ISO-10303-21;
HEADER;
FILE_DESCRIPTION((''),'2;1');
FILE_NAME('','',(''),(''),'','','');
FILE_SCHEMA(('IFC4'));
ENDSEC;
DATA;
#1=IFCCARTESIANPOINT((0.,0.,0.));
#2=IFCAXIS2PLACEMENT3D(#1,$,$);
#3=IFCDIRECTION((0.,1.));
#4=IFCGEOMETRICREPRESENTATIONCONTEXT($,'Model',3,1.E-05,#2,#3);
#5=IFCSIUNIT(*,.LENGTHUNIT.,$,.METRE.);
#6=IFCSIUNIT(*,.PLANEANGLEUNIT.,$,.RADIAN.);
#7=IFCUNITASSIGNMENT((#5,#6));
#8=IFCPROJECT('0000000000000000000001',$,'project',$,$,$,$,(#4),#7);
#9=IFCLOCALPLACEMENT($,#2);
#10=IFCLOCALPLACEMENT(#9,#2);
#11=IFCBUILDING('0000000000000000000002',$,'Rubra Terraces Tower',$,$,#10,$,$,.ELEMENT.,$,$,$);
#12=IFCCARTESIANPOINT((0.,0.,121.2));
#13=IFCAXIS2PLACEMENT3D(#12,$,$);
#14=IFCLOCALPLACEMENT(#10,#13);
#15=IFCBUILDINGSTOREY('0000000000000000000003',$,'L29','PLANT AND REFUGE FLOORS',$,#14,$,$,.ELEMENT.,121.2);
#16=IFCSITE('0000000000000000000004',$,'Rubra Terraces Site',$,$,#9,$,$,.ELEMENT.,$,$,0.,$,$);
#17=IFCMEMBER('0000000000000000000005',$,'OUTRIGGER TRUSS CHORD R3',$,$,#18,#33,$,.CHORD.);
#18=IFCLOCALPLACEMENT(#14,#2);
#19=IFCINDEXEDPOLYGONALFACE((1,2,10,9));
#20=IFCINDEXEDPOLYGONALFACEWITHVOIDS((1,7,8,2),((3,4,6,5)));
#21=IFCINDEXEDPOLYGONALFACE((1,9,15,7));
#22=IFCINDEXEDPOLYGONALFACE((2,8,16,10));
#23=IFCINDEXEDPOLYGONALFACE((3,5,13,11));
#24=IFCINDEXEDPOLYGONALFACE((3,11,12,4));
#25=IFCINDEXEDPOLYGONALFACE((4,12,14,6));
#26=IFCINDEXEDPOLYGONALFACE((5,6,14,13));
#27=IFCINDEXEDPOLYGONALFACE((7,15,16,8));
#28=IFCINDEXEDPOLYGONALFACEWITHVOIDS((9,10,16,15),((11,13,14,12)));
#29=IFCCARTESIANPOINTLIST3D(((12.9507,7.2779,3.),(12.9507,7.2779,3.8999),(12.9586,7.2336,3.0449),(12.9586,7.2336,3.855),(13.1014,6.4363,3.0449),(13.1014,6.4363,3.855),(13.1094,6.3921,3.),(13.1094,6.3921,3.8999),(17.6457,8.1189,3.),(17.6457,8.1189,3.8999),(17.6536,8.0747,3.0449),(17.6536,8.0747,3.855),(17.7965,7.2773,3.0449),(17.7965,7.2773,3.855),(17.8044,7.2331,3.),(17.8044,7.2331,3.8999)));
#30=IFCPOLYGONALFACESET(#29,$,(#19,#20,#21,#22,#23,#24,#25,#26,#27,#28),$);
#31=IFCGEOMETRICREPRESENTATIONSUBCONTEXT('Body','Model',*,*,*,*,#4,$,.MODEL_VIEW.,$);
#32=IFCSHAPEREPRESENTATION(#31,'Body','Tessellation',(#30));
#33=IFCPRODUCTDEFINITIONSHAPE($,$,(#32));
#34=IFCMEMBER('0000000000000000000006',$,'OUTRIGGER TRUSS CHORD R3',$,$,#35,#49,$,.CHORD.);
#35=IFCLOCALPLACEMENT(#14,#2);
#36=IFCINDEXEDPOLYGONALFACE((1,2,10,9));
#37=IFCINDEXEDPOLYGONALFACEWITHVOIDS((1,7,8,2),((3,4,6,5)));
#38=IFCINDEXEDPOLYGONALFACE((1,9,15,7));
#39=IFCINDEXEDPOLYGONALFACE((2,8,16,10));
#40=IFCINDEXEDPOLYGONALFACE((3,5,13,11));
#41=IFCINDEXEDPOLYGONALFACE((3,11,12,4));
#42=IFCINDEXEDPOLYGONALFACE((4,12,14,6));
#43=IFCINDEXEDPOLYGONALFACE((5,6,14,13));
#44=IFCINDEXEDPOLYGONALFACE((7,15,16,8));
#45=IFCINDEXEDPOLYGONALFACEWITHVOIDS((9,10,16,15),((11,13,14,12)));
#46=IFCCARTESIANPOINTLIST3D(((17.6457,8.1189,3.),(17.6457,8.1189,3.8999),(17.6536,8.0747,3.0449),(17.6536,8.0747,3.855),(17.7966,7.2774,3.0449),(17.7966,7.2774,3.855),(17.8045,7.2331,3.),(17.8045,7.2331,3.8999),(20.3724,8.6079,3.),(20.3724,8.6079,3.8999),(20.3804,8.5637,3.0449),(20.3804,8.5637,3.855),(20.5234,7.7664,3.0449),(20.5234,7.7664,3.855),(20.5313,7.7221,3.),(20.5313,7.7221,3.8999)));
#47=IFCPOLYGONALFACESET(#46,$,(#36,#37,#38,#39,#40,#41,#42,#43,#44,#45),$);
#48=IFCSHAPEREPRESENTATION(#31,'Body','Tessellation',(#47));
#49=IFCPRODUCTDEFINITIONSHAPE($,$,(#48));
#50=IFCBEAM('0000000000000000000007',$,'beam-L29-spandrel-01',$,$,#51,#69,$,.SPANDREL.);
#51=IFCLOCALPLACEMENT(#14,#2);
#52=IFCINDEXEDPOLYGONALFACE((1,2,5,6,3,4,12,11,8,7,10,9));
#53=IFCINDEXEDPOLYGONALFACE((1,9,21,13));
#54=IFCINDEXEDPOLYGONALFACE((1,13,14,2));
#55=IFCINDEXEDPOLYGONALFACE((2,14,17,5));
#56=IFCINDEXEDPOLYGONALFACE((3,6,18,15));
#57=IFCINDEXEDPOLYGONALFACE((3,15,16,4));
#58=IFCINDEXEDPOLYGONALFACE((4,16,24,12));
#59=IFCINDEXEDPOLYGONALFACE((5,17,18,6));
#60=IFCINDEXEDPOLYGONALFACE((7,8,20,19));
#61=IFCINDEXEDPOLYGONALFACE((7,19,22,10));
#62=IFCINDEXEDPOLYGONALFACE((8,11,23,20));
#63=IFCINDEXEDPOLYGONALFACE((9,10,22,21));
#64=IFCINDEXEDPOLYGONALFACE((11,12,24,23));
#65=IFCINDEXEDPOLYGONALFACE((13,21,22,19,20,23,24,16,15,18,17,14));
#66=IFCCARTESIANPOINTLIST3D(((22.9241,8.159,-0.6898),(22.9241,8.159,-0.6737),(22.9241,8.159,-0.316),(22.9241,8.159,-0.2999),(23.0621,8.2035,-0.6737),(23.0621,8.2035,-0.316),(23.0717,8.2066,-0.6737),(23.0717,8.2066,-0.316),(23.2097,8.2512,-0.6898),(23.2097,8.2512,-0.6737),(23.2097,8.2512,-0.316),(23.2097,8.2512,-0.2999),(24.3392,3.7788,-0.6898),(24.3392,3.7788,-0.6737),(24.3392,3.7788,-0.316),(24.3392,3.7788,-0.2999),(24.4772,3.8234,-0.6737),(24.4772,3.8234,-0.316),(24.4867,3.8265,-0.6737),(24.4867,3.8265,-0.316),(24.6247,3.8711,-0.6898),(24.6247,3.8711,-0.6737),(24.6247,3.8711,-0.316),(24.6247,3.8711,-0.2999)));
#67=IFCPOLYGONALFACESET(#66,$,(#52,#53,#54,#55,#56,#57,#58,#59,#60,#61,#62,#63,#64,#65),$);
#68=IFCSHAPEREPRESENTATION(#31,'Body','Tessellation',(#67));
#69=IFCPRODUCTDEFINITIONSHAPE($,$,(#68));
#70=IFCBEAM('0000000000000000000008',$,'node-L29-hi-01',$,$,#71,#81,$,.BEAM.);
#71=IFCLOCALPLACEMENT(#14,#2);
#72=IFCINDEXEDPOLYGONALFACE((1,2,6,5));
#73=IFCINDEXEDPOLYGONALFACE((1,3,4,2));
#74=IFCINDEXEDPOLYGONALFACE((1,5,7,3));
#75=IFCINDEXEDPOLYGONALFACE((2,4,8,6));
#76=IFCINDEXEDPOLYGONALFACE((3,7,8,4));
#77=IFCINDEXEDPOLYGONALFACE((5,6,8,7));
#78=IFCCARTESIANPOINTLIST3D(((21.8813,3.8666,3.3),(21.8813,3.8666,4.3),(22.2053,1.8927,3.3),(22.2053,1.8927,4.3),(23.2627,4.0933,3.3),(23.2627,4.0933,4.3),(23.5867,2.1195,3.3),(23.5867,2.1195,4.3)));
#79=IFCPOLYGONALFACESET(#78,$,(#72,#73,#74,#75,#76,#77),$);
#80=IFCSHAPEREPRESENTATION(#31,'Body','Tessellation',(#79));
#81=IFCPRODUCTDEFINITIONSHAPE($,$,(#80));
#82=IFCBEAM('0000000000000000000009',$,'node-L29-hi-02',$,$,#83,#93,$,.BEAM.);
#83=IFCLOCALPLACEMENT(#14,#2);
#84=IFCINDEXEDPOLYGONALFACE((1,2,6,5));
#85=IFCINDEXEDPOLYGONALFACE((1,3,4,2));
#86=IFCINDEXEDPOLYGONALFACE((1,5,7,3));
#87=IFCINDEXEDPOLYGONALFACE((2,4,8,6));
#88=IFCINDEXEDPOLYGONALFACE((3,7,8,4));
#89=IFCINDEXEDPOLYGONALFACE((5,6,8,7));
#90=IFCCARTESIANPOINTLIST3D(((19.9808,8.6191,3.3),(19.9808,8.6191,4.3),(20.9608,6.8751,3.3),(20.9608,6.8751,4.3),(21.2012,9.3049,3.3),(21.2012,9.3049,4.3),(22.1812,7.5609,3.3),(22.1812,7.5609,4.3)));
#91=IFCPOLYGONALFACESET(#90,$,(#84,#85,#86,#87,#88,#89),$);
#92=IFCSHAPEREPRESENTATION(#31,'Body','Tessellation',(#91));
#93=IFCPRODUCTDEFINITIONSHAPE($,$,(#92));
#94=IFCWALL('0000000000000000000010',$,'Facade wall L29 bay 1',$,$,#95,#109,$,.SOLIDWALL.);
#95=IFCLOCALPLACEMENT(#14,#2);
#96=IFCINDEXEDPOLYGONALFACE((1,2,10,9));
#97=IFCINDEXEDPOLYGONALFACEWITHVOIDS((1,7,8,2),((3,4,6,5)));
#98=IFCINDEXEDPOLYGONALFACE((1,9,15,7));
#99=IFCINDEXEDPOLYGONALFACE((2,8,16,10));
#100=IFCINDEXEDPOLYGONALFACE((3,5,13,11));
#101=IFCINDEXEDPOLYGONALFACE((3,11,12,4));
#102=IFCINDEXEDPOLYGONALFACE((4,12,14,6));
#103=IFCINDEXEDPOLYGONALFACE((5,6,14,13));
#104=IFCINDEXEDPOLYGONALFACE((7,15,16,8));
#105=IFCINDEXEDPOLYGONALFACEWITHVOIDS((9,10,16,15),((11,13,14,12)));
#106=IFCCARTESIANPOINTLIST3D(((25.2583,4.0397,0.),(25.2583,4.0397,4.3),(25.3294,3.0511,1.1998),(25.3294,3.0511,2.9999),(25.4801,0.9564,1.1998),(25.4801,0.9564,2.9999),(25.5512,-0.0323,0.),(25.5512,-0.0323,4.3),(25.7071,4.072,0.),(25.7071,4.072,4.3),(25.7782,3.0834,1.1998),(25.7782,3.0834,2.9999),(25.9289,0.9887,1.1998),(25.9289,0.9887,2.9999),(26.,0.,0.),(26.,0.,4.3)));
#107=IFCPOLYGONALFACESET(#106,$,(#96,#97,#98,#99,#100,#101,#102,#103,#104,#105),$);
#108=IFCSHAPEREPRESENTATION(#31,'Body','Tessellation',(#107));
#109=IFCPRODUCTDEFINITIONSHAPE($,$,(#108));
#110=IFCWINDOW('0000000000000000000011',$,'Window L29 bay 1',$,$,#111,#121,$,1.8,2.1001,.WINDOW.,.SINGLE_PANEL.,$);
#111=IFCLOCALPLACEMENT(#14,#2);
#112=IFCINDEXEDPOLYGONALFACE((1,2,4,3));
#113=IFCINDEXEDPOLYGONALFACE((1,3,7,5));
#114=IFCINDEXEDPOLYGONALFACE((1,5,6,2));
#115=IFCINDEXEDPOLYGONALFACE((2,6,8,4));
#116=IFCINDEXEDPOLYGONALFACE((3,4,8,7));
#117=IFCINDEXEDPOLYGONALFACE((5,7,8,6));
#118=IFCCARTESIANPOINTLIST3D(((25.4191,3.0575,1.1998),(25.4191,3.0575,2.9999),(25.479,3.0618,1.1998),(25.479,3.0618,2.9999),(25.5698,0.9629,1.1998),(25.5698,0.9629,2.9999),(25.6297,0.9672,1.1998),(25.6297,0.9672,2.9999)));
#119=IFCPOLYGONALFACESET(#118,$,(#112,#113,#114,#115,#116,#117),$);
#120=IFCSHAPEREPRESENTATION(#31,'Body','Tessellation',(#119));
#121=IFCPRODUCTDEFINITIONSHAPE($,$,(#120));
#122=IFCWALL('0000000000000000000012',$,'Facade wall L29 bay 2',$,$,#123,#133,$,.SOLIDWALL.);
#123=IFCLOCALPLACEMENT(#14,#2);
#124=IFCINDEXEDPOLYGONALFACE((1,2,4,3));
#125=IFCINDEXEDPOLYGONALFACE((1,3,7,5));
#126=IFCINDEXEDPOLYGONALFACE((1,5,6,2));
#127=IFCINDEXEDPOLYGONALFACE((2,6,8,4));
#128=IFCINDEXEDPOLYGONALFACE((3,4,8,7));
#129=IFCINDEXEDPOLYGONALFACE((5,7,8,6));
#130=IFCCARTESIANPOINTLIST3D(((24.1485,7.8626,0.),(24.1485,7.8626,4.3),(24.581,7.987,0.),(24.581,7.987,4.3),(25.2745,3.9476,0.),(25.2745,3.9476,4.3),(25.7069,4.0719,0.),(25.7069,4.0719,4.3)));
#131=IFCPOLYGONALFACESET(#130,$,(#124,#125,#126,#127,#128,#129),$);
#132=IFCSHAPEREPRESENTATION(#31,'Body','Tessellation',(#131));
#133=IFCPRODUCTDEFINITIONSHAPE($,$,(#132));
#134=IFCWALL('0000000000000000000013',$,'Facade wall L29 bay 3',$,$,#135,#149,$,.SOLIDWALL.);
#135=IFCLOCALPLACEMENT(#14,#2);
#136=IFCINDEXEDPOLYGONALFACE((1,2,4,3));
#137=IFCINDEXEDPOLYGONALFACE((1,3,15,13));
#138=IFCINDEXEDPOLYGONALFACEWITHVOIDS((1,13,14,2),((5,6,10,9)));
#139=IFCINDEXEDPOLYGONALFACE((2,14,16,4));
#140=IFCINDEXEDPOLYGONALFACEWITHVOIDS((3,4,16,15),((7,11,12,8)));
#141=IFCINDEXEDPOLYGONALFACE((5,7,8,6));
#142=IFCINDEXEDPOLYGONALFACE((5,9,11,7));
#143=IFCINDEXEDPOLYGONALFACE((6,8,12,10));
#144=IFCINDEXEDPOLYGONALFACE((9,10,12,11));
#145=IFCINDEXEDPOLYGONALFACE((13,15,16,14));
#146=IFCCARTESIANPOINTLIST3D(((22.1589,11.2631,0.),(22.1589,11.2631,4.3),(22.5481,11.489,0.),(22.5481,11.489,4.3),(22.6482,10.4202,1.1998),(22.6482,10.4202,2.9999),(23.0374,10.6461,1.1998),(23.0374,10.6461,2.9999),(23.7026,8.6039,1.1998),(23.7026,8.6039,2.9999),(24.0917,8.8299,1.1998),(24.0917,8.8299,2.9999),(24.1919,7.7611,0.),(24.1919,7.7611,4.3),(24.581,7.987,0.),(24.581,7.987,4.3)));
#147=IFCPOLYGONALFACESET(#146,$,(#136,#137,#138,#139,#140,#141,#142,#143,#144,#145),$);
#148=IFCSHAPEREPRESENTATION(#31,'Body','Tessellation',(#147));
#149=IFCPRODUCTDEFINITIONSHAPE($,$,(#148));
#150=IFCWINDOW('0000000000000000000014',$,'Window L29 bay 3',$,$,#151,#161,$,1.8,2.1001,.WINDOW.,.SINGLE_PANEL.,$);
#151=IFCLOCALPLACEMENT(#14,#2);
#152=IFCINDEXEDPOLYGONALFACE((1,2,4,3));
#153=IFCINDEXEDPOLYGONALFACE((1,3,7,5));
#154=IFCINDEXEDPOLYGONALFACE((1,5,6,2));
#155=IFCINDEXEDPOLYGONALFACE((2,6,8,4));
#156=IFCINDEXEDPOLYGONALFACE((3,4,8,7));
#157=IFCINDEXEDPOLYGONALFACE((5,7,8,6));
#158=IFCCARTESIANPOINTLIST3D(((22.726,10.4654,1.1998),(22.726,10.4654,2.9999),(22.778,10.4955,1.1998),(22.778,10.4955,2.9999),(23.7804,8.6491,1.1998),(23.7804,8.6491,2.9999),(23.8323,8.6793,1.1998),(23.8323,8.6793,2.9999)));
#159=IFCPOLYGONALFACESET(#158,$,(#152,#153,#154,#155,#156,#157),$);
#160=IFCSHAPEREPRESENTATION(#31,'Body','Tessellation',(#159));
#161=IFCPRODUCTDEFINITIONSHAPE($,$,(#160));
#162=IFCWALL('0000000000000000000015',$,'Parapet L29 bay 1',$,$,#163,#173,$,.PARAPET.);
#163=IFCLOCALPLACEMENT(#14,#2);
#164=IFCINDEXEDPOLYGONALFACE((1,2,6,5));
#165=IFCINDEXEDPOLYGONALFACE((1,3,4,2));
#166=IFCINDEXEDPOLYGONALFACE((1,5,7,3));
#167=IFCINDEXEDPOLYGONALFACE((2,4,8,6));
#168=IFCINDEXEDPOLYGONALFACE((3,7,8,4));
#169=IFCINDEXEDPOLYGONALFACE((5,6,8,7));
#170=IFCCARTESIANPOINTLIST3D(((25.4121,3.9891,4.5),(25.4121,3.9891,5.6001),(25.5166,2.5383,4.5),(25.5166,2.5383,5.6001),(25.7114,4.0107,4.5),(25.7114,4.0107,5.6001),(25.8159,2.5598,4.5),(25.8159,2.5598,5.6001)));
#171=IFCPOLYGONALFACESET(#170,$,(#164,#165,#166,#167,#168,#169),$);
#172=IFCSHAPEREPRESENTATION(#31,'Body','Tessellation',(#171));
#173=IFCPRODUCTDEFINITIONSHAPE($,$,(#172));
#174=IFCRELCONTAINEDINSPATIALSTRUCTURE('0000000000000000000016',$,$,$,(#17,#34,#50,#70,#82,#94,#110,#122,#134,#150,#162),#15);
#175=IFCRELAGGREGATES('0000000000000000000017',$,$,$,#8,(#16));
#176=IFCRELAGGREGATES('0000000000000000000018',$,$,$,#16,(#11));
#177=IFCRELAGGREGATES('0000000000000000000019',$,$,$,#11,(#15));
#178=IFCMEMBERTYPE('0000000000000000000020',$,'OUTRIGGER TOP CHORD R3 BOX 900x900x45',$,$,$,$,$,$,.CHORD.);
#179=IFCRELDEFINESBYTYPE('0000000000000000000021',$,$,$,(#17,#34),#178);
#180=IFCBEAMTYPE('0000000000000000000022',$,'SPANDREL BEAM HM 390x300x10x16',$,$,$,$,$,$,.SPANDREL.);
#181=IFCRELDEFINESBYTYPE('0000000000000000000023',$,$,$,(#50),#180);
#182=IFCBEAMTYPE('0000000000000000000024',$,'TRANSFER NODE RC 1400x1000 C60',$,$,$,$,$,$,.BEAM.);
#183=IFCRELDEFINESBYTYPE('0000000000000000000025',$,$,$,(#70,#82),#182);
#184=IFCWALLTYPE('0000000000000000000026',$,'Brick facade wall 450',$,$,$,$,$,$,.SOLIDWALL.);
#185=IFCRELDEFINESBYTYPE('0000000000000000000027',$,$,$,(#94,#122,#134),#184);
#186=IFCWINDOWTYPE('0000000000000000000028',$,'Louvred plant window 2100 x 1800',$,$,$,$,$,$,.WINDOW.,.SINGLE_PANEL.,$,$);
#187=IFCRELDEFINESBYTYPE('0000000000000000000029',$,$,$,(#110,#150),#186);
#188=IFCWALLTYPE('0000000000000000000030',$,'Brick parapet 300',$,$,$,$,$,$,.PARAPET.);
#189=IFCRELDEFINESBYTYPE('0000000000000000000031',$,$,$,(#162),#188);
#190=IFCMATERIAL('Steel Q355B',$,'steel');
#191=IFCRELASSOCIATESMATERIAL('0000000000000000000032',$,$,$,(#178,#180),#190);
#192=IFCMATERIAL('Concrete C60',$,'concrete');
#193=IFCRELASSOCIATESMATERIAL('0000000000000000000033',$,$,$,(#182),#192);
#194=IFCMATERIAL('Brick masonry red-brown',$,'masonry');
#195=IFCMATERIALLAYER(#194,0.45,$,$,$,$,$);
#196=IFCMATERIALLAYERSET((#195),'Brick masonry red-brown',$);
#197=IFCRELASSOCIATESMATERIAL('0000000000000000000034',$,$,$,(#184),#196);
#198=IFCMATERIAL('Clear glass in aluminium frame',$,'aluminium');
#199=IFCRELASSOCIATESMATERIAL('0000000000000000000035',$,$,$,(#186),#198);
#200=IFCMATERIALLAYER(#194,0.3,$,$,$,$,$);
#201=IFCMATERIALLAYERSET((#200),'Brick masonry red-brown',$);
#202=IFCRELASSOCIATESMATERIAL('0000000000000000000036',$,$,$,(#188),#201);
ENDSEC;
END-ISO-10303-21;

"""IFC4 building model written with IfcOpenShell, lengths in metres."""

from ifc_helpers import new_model, si_unit, direction, frame, frame_2d, origin, origin_2d, place, context, subcontext, project, spatial, rectangle, hollow_rectangle, i_section, extrude, material, layer, layer_set, material_profile, profile_set, type_object, element, fill, save


model = new_model("IFC4")

# Units and contexts
model_context = context("Model", 3, precision=1e-05, world=origin(), true_north=direction((0.0, 1.0)))
body_context = subcontext(model_context, "Body", "Model", "MODEL_VIEW")
ifc_project = project(units=[si_unit("LENGTHUNIT", "METRE"), si_unit("PLANEANGLEUNIT", "RADIAN")], contexts=[model_context])

# Site, building, storey
site_placement = place(None, origin())
site = spatial("IfcSite", under=ifc_project, at=site_placement, Name="Rubra Terraces Site", CompositionType="ELEMENT", RefElevation=0.0)
building_placement = place(site_placement, origin())
building = spatial("IfcBuilding", under=site, at=building_placement, Name="Rubra Terraces Tower", CompositionType="ELEMENT")
storey_placement = place(building_placement, frame((0.0, 0.0, 121.2)))
storey = spatial("IfcBuildingStorey", under=building, at=storey_placement, Name="L29", Description="PLANT AND REFUGE FLOORS", CompositionType="ELEMENT", Elevation=121.2)

# Shared definitions
ifc_material_1 = material(Name="Concrete C60", Category="concrete")

# Shared definitions
ifc_material_2 = material(Name="Steel Q355B", Category="steel")

# Members
ifc_material_profile_1 = material_profile(ifc_material_2, hollow_rectangle(XDim=0.8999, YDim=0.8999, WallThickness=0.0449, at=origin_2d()), Name="BOX 900x900x45")
ifc_profile_set_1 = profile_set([ifc_material_profile_1], Name="Steel Q355B")
member_type_1 = type_object("IfcMemberType", Name="OUTRIGGER TOP CHORD R3 BOX 900x900x45", PredefinedType="CHORD", material=ifc_profile_set_1)
member_1_placement = place(storey_placement, frame((13.03, 6.835, 3.45), z_axis=(0.984331, 0.176331, 0.0), x_axis=(-0.176331, 0.984331, 0.0)))
element("IfcMember", 1, at=member_1_placement, inside=storey, type_object=member_type_1, Name="OUTRIGGER TRUSS CHORD R3", PredefinedType="CHORD", context=body_context, shape_type="SweptSolid", body=[
    extrude(hollow_rectangle(XDim=0.8999, YDim=0.8999, WallThickness=0.0449, at=origin_2d()), origin(), (0.0, 0.0, 1.0), 4.7698),
])
member_2_placement = place(storey_placement, frame((17.7251, 7.676, 3.45), z_axis=(0.984297, 0.17652, 0.0), x_axis=(-0.17652, 0.984297, 0.0)))
element("IfcMember", 2, at=member_2_placement, inside=storey, type_object=member_type_1, Name="OUTRIGGER TRUSS CHORD R3", PredefinedType="CHORD", context=body_context, shape_type="SweptSolid", body=[
    extrude(hollow_rectangle(XDim=0.8999, YDim=0.8999, WallThickness=0.0449, at=origin_2d()), origin(), (0.0, 0.0, 1.0), 2.7703),
])

# Beams
ifc_material_profile_2 = material_profile(ifc_material_2, i_section(OverallWidth=0.3, OverallDepth=0.3899, WebThickness=0.01, FlangeThickness=0.0161, at=origin_2d()), Name="HM 390x300x10x16")
ifc_profile_set_2 = profile_set([ifc_material_profile_2], Name="Steel Q355B")
beam_type_1 = type_object("IfcBeamType", Name="SPANDREL BEAM HM 390x300x10x16", PredefinedType="SPANDREL", material=ifc_profile_set_2)
beam_1_placement = place(storey_placement, frame((24.4819, 3.825, -0.4949), z_axis=(-0.307415, 0.951576, 0.0), x_axis=(-0.951576, -0.307415, 0.0)))
element("IfcBeam", 3, at=beam_1_placement, inside=storey, type_object=beam_type_1, Name="beam-L29-spandrel-01", PredefinedType="SPANDREL", context=body_context, shape_type="SweptSolid", body=[
    extrude(i_section(OverallWidth=0.3, OverallDepth=0.3899, WebThickness=0.01, FlangeThickness=0.0161, at=origin_2d()), origin(), (0.0, 0.0, 1.0), 4.603),
])
ifc_material_profile_3 = material_profile(ifc_material_1, rectangle(XDim=1.3999, YDim=1.0, at=origin_2d()), Name="RC 1400x1000")
ifc_profile_set_3 = profile_set([ifc_material_profile_3], Name="Concrete C60")
beam_type_2 = type_object("IfcBeamType", Name="TRANSFER NODE RC 1400x1000 C60", PredefinedType="BEAM", material=ifc_profile_set_3)
beam_2_placement = place(storey_placement, frame((22.896, 2.0061, 3.8), z_axis=(-0.161964, 0.986797, 0.0), x_axis=(-0.986797, -0.161964, 0.0)))
element("IfcBeam", 4, at=beam_2_placement, inside=storey, type_object=beam_type_2, Name="node-L29-hi-01", PredefinedType="BEAM", context=body_context, shape_type="SweptSolid", body=[
    extrude(rectangle(XDim=1.3999, YDim=1.0, at=origin_2d()), origin(), (0.0, 0.0, 1.0), 2.0002),
])
beam_3_placement = place(storey_placement, frame((21.571, 7.218, 3.8), z_axis=(-0.489896, 0.871781, 0.0), x_axis=(-0.871781, -0.489896, 0.0)))
element("IfcBeam", 5, at=beam_3_placement, inside=storey, type_object=beam_type_2, Name="node-L29-hi-02", PredefinedType="BEAM", context=body_context, shape_type="SweptSolid", body=[
    extrude(rectangle(XDim=1.3999, YDim=1.0, at=origin_2d()), origin(), (0.0, 0.0, 1.0), 2.0005),
])

# Wall, opening, window
ifc_material_3 = material(Name="Brick masonry red-brown", Category="masonry")
ifc_layer_1 = layer(ifc_material_3, 0.45)
ifc_layer_set_1 = layer_set([ifc_layer_1], Name="Brick masonry red-brown")
wall_type_1 = type_object("IfcWallType", Name="Brick facade wall 450", PredefinedType="SOLIDWALL", material=ifc_layer_set_1)
wall_1_placement = place(storey_placement, frame((25.7756, -0.0161, 0.0), z_axis=(0.0, 0.0, 1.0), x_axis=(-0.071761, 0.997422, 0.0)))
wall_1 = element("IfcWall", 6, at=wall_1_placement, inside=storey, type_object=wall_type_1, Name="Facade wall L29 bay 1", PredefinedType="SOLIDWALL", context=body_context, shape_type="SweptSolid", body=[
    extrude(rectangle(XDim=4.0825, YDim=0.45, at=frame_2d((2.0413, 0.0))), origin(), (0.0, 0.0, 1.0), 4.3),
])
opening_1_placement = place(wall_1_placement, frame((0.9912, 0.0, 1.2)))
opening_1 = element("IfcOpeningElement", 7, at=opening_1_placement, cuts=wall_1, PredefinedType="OPENING", context=body_context, shape_type="SweptSolid", body=[
    extrude(rectangle(XDim=2.1001, YDim=1.8, at=frame_2d((1.05, 0.8999))), frame((0.0, 0.2349, 0.0), z_axis=(0.0, -1.0, 0.0), x_axis=(1.0, 0.0, 0.0)), (0.0, 0.0, 1.0), 0.47),
])
ifc_material_4 = material(Name="Clear glass in aluminium frame", Category="aluminium")
window_type = type_object("IfcWindowType", Name="Louvred plant window 2100 x 1800", PartitioningType="SINGLE_PANEL", PredefinedType="WINDOW", material=ifc_material_4)
window_1_placement = place(opening_1_placement, origin())
window_1 = element("IfcWindow", 8, at=window_1_placement, inside=storey, type_object=window_type, Name="Window L29 bay 1", OverallHeight=1.8, OverallWidth=2.1001, PartitioningType="SINGLE_PANEL", PredefinedType="WINDOW", context=body_context, shape_type="SweptSolid", body=[
    extrude(rectangle(XDim=2.1001, YDim=1.8, at=frame_2d((1.05, 0.8999))), frame((0.0, 0.135, 0.0), z_axis=(0.0, -1.0, 0.0), x_axis=(1.0, 0.0, 0.0)), (0.0, 0.0, 1.0), 0.0601),
])
fill(opening_1, window_1)

# Wall
wall_2_placement = place(storey_placement, frame((25.4907, 4.0098, 0.0), z_axis=(0.0, 0.0, 1.0), x_axis=(-0.276399, 0.961043, 0.0)))
element("IfcWall", 9, at=wall_2_placement, inside=storey, type_object=wall_type_1, Name="Facade wall L29 bay 2", PredefinedType="SOLIDWALL", context=body_context, shape_type="SweptSolid", body=[
    extrude(rectangle(XDim=4.0737, YDim=0.45, at=frame_2d((2.0369, 0.0))), origin(), (0.0, 0.0, 1.0), 4.3),
])

# Wall, opening, window
wall_3_placement = place(storey_placement, frame((24.3865, 7.874, 0.0), z_axis=(0.0, 0.0, 1.0), x_axis=(-0.502056, 0.864835, 0.0)))
wall_3 = element("IfcWall", 10, at=wall_3_placement, inside=storey, type_object=wall_type_1, Name="Facade wall L29 bay 3", PredefinedType="SOLIDWALL", context=body_context, shape_type="SweptSolid", body=[
    extrude(rectangle(XDim=4.0493, YDim=0.45, at=frame_2d((2.0247, 0.0))), origin(), (0.0, 0.0, 1.0), 4.3),
])
opening_2_placement = place(wall_3_placement, frame((0.9746, 0.0, 1.2)))
opening_2 = element("IfcOpeningElement", 11, at=opening_2_placement, cuts=wall_3, PredefinedType="OPENING", context=body_context, shape_type="SweptSolid", body=[
    extrude(rectangle(XDim=2.1001, YDim=1.8, at=frame_2d((1.05, 0.8999))), frame((0.0, 0.2349, 0.0), z_axis=(0.0, -1.0, 0.0), x_axis=(1.0, 0.0, 0.0)), (0.0, 0.0, 1.0), 0.47),
])
window_2_placement = place(opening_2_placement, origin())
window_2 = element("IfcWindow", 12, at=window_2_placement, inside=storey, type_object=window_type, Name="Window L29 bay 3", OverallHeight=1.8, OverallWidth=2.1001, PartitioningType="SINGLE_PANEL", PredefinedType="WINDOW", context=body_context, shape_type="SweptSolid", body=[
    extrude(rectangle(XDim=2.1001, YDim=1.8, at=frame_2d((1.05, 0.8999))), frame((0.0, 0.135, 0.0), z_axis=(0.0, -1.0, 0.0), x_axis=(1.0, 0.0, 0.0)), (0.0, 0.0, 1.0), 0.0601),
])
fill(opening_2, window_2)

# Wall
ifc_layer_2 = layer(ifc_material_3, 0.3)
ifc_layer_set_2 = layer_set([ifc_layer_2], Name="Brick masonry red-brown")
wall_type_2 = type_object("IfcWallType", Name="Brick parapet 300", PredefinedType="PARAPET", material=ifc_layer_set_2)
wall_4_placement = place(storey_placement, frame((25.6663, 2.5491, 4.5), z_axis=(0.0, 0.0, 1.0), x_axis=(-0.071831, 0.997417, 0.0)))
element("IfcWall", 13, at=wall_4_placement, inside=storey, type_object=wall_type_2, Name="Parapet L29 bay 1", PredefinedType="PARAPET", context=body_context, shape_type="SweptSolid", body=[
    extrude(rectangle(XDim=1.4546, YDim=0.3, at=frame_2d((0.7273, 0.0))), origin(), (0.0, 0.0, 1.0), 1.1001),
])

save(model, "model.ifc")
